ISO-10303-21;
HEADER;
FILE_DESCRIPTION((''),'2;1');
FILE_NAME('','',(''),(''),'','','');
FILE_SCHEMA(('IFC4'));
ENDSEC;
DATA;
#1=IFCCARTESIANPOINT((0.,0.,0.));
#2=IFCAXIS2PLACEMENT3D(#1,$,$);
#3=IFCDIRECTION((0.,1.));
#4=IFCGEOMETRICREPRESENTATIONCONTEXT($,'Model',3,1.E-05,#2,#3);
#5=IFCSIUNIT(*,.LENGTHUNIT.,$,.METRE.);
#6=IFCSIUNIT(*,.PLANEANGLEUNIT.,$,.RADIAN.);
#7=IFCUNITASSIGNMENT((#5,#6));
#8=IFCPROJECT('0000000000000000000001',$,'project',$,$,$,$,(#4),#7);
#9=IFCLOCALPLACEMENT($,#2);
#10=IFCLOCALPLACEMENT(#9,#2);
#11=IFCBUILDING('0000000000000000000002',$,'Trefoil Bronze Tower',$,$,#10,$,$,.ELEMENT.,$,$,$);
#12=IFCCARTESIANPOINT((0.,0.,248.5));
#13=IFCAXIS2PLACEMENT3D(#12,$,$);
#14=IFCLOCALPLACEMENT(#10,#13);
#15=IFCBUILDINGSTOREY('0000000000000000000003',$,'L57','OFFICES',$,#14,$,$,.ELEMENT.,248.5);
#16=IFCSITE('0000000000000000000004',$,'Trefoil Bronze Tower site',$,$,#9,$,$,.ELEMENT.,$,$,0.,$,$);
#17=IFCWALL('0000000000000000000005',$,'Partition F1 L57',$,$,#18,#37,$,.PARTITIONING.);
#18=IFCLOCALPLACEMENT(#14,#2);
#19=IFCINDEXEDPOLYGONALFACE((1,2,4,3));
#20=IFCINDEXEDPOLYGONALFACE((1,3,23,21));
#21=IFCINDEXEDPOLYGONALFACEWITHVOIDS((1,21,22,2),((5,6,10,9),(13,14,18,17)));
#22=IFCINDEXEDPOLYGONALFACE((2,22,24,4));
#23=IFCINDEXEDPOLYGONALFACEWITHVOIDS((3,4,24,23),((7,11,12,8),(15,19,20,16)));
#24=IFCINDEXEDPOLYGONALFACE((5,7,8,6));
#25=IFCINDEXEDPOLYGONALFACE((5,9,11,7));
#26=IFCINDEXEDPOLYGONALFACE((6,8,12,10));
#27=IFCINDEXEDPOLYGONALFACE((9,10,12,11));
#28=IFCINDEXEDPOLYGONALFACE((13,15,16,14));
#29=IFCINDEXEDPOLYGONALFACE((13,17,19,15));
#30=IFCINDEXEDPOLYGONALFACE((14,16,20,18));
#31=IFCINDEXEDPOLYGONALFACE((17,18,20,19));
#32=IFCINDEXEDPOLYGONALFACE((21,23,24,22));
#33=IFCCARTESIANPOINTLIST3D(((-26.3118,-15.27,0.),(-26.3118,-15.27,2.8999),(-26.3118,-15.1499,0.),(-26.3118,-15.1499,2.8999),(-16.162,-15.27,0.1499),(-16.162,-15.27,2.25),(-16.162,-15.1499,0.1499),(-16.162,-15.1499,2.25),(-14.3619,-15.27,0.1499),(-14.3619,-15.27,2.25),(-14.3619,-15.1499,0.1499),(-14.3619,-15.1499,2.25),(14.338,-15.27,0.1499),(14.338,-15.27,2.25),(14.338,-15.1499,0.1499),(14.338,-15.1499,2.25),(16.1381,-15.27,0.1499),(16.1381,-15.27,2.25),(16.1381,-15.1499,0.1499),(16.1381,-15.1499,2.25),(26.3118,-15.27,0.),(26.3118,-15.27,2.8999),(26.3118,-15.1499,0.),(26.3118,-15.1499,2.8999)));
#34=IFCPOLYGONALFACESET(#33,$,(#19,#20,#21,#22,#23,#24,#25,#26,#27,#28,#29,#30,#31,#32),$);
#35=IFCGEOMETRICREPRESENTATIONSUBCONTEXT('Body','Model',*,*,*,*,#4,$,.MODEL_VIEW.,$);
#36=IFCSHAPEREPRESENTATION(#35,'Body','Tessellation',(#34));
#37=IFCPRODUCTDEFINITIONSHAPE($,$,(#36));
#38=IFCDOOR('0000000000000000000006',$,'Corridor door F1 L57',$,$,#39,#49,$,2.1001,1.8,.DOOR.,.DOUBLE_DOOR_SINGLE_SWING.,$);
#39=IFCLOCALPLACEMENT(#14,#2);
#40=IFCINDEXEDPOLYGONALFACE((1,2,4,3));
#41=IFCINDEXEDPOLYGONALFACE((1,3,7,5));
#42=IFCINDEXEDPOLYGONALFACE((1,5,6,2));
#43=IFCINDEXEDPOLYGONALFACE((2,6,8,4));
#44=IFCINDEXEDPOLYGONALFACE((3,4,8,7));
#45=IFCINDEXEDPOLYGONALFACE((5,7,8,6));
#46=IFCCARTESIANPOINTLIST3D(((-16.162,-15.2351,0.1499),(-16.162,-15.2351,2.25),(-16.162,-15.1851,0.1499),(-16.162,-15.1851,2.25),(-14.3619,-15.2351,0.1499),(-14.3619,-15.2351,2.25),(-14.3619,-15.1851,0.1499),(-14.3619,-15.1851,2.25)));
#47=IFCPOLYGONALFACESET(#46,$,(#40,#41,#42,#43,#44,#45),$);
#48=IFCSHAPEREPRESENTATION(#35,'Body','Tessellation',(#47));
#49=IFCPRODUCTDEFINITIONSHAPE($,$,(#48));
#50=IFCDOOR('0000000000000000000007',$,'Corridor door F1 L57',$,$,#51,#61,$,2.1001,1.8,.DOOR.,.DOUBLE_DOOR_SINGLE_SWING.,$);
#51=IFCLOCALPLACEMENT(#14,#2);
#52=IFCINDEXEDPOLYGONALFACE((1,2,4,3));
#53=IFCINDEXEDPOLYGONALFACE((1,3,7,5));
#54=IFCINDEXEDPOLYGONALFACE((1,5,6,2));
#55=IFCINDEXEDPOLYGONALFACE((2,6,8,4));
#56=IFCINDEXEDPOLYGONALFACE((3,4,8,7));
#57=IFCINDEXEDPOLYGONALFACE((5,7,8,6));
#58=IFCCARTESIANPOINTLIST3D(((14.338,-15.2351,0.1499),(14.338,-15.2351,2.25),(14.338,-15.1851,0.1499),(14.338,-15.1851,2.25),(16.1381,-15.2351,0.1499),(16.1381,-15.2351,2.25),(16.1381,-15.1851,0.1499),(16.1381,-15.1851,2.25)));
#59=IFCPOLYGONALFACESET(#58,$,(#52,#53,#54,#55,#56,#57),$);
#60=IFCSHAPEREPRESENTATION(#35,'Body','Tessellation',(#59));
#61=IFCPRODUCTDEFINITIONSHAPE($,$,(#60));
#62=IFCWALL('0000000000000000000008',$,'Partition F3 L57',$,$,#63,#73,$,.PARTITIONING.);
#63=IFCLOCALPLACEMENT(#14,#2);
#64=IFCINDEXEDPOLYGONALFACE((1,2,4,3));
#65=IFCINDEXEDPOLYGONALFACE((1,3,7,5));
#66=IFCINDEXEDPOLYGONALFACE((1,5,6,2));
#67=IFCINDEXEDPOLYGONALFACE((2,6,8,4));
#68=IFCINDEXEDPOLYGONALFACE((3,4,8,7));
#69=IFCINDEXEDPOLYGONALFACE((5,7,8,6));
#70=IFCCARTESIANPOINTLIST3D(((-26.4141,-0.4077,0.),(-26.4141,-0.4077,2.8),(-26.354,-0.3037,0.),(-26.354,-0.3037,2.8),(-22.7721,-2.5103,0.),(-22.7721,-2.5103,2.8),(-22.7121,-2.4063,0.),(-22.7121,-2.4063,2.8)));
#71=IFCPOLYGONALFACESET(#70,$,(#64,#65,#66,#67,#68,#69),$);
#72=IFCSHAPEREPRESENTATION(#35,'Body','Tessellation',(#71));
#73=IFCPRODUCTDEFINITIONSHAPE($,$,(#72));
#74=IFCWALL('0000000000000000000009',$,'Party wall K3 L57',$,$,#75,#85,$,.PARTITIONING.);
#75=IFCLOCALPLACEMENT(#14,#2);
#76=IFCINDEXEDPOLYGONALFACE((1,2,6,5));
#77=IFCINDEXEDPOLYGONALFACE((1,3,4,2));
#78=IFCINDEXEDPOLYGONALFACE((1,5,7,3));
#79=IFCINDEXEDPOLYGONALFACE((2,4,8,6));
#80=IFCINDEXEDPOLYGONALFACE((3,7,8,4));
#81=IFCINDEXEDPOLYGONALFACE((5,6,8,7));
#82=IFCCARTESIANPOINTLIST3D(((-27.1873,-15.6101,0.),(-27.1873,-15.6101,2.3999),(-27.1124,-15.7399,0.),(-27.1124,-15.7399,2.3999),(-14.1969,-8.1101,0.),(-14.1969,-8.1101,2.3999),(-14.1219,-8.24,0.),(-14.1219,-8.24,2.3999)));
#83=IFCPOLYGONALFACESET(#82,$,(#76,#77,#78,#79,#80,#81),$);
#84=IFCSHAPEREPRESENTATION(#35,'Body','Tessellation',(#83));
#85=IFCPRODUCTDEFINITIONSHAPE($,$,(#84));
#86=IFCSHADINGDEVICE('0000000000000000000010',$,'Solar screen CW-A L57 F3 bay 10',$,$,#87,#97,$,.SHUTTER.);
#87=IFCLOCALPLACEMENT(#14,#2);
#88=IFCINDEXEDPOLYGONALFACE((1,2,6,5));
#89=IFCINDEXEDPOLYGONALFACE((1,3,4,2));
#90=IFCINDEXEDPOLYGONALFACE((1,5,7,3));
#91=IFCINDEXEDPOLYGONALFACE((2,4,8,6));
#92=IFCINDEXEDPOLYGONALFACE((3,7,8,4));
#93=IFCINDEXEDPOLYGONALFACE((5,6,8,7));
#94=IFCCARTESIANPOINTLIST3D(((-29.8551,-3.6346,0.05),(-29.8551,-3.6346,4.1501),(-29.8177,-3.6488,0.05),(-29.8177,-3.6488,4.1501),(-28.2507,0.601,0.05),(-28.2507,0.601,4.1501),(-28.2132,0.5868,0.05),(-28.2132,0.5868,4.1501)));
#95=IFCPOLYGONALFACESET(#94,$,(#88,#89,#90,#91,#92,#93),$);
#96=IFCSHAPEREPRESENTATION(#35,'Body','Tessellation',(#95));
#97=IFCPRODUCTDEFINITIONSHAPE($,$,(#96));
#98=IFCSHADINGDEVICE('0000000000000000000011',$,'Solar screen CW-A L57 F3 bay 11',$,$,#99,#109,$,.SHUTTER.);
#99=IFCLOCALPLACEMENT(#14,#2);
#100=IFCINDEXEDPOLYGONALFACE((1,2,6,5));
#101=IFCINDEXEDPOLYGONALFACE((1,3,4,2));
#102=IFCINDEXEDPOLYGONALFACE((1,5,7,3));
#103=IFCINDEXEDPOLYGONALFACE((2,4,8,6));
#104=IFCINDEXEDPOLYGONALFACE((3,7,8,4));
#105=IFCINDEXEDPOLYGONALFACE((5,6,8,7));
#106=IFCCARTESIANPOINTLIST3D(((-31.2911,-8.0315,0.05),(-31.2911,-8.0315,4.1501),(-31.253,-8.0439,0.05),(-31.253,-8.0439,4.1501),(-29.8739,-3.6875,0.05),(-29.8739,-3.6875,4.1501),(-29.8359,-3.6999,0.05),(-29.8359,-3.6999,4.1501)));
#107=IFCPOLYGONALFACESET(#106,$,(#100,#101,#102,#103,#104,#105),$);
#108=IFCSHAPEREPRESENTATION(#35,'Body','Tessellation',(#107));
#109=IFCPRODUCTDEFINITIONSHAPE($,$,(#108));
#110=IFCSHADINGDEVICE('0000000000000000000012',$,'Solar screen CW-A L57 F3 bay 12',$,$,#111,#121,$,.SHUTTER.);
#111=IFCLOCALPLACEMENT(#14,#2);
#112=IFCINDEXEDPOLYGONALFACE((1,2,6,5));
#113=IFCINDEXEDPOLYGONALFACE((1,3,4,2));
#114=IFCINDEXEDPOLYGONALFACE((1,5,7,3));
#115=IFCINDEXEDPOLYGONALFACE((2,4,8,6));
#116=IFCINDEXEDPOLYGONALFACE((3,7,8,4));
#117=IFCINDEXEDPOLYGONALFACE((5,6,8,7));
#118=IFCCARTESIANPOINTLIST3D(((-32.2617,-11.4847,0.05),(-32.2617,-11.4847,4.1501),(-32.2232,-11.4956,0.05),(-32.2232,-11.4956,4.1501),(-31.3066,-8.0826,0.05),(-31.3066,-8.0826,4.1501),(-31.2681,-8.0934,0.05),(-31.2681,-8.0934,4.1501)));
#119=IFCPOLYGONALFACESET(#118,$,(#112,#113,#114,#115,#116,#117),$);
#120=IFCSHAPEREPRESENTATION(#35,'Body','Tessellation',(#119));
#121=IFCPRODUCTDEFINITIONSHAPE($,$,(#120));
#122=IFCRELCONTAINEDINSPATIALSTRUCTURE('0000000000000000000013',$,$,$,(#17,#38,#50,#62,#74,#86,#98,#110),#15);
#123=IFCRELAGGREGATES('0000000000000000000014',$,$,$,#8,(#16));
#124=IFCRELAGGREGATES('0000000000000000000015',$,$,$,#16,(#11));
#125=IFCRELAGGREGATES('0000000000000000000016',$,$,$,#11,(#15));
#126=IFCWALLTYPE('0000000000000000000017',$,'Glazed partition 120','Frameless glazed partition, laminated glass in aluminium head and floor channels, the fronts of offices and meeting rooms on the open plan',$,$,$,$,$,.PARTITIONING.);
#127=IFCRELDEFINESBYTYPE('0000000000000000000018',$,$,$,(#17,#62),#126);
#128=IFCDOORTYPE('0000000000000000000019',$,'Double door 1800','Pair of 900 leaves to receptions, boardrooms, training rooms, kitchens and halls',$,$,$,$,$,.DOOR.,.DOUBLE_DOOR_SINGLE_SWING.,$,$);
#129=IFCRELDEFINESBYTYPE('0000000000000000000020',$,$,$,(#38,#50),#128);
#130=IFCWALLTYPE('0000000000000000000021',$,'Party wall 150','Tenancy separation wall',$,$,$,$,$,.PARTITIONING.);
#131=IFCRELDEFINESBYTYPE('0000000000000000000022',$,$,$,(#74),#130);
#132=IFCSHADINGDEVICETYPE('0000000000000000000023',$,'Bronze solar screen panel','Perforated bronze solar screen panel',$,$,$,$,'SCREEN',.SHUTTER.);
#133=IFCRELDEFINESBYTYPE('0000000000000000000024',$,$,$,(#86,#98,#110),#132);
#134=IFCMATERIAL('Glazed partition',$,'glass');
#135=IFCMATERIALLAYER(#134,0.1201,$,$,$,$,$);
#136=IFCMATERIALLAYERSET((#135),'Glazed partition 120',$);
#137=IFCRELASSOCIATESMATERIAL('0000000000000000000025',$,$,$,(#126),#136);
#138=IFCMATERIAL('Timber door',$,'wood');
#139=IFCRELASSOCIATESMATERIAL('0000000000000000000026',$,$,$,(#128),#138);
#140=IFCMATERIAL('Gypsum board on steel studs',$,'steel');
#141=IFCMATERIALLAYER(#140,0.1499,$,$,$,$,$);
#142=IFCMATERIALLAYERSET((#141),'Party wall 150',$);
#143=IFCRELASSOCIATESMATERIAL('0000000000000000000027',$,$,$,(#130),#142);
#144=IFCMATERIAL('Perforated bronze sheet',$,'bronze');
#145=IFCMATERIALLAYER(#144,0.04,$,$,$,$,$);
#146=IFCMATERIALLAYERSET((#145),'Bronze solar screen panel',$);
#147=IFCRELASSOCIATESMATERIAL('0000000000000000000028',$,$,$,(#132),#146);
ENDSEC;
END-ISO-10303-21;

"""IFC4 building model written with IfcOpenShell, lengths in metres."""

from ifc_helpers import new_model, si_unit, direction, frame, frame_2d, origin, origin_2d, place, context, subcontext, project, spatial, rectangle, extrude, material, layer, layer_set, type_object, element, fill, save


model = new_model("IFC4")

# Units and contexts
model_context = context("Model", 3, precision=1e-05, world=origin(), true_north=direction((0.0, 1.0)))
body_context = subcontext(model_context, "Body", "Model", "MODEL_VIEW")
ifc_project = project(units=[si_unit("LENGTHUNIT", "METRE"), si_unit("PLANEANGLEUNIT", "RADIAN")], contexts=[model_context])

# Site, building, storey
site_placement = place(None, origin())
site = spatial("IfcSite", under=ifc_project, at=site_placement, Name="Trefoil Bronze Tower site", CompositionType="ELEMENT", RefElevation=0.0)
building_placement = place(site_placement, origin())
building = spatial("IfcBuilding", under=site, at=building_placement, Name="Trefoil Bronze Tower", CompositionType="ELEMENT")
storey_placement = place(building_placement, frame((0.0, 0.0, 248.5)))
storey = spatial("IfcBuildingStorey", under=building, at=storey_placement, Name="L57", Description="OFFICES", CompositionType="ELEMENT", Elevation=248.5)

# Wall, openings, doors
ifc_material_1 = material(Name="Glazed partition", Category="glass")
ifc_layer_1 = layer(ifc_material_1, 0.1201)
ifc_layer_set_1 = layer_set([ifc_layer_1], Name="Glazed partition 120")
wall_type_1 = type_object("IfcWallType", Name="Glazed partition 120", Description="Frameless glazed partition, laminated glass in aluminium head and floor channels, the fronts of offices and meeting rooms on the open plan", PredefinedType="PARTITIONING", material=ifc_layer_set_1)
wall_1_placement = place(storey_placement, frame((-26.3118, -15.21, 0.0), z_axis=(0.0, 0.0, 1.0), x_axis=(1.0, 0.0, 0.0)))
wall_1 = element("IfcWall", 1, at=wall_1_placement, inside=storey, type_object=wall_type_1, Name="Partition F1 L57", PredefinedType="PARTITIONING", context=body_context, shape_type="SweptSolid", body=[
    extrude(rectangle(XDim=52.6235, YDim=0.1201, at=frame_2d((26.3118, 0.0))), origin(), (0.0, 0.0, 1.0), 2.8999),
])
opening_1_placement = place(wall_1_placement, frame((10.1499, 0.0, 0.1499)))
opening_1 = element("IfcOpeningElement", 2, at=opening_1_placement, cuts=wall_1, PredefinedType="OPENING", context=body_context, shape_type="SweptSolid", body=[
    extrude(rectangle(XDim=1.8, YDim=2.1001, at=frame_2d((0.8999, 1.05))), frame((0.0, 0.0701, 0.0), z_axis=(0.0, -1.0, 0.0), x_axis=(1.0, 0.0, 0.0)), (0.0, 0.0, 1.0), 0.1401),
])
opening_2_placement = place(wall_1_placement, frame((40.6499, 0.0, 0.1499)))
opening_2 = element("IfcOpeningElement", 3, at=opening_2_placement, cuts=wall_1, PredefinedType="OPENING", context=body_context, shape_type="SweptSolid", body=[
    extrude(rectangle(XDim=1.8, YDim=2.1001, at=frame_2d((0.8999, 1.05))), frame((0.0, 0.0701, 0.0), z_axis=(0.0, -1.0, 0.0), x_axis=(1.0, 0.0, 0.0)), (0.0, 0.0, 1.0), 0.1401),
])
ifc_material_2 = material(Name="Timber door", Category="wood")
door_type = type_object("IfcDoorType", Name="Double door 1800", Description="Pair of 900 leaves to receptions, boardrooms, training rooms, kitchens and halls", OperationType="DOUBLE_DOOR_SINGLE_SWING", PredefinedType="DOOR", material=ifc_material_2)
door_1_placement = place(opening_1_placement, origin())
door_1 = element("IfcDoor", 4, at=door_1_placement, inside=storey, type_object=door_type, Name="Corridor door F1 L57", OperationType="DOUBLE_DOOR_SINGLE_SWING", OverallHeight=2.1001, OverallWidth=1.8, PredefinedType="DOOR", context=body_context, shape_type="SweptSolid", body=[
    extrude(rectangle(XDim=1.8, YDim=2.1001, at=frame_2d((0.8999, 1.05))), frame((0.0, 0.0249, 0.0), z_axis=(0.0, -1.0, 0.0), x_axis=(1.0, 0.0, 0.0)), (0.0, 0.0, 1.0), 0.05),
])
fill(opening_1, door_1)
door_2_placement = place(opening_2_placement, origin())
door_2 = element("IfcDoor", 5, at=door_2_placement, inside=storey, type_object=door_type, Name="Corridor door F1 L57", OperationType="DOUBLE_DOOR_SINGLE_SWING", OverallHeight=2.1001, OverallWidth=1.8, PredefinedType="DOOR", context=body_context, shape_type="SweptSolid", body=[
    extrude(rectangle(XDim=1.8, YDim=2.1001, at=frame_2d((0.8999, 1.05))), frame((0.0, 0.0249, 0.0), z_axis=(0.0, -1.0, 0.0), x_axis=(1.0, 0.0, 0.0)), (0.0, 0.0, 1.0), 0.05),
])
fill(opening_2, door_2)

# Walls
wall_2_placement = place(storey_placement, frame((-22.7422, -2.4583, 0.0), z_axis=(0.0, 0.0, 1.0), x_axis=(-0.866034, 0.499985, 0.0)))
element("IfcWall", 6, at=wall_2_placement, inside=storey, type_object=wall_type_1, Name="Partition F3 L57", PredefinedType="PARTITIONING", context=body_context, shape_type="SweptSolid", body=[
    extrude(rectangle(XDim=4.2053, YDim=0.1201, at=frame_2d((2.1025, 0.0))), origin(), (0.0, 0.0, 1.0), 2.8),
])
ifc_material_3 = material(Name="Gypsum board on steel studs", Category="steel")
ifc_layer_2 = layer(ifc_material_3, 0.1499)
ifc_layer_set_2 = layer_set([ifc_layer_2], Name="Party wall 150")
wall_type_2 = type_object("IfcWallType", Name="Party wall 150", Description="Tenancy separation wall", PredefinedType="PARTITIONING", material=ifc_layer_set_2)
wall_3_placement = place(storey_placement, frame((-14.1594, -8.175, 0.0), z_axis=(0.0, 0.0, 1.0), x_axis=(-0.866027, -0.499997, 0.0)))
element("IfcWall", 7, at=wall_3_placement, inside=storey, type_object=wall_type_2, Name="Party wall K3 L57", PredefinedType="PARTITIONING", context=body_context, shape_type="SweptSolid", body=[
    extrude(rectangle(XDim=15.0, YDim=0.1499, at=frame_2d((7.5, 0.0))), origin(), (0.0, 0.0, 1.0), 2.3999),
])

# Shading devices
ifc_material_4 = material(Name="Perforated bronze sheet", Category="bronze")
ifc_layer_3 = layer(ifc_material_4, 0.04)
ifc_layer_set_3 = layer_set([ifc_layer_3], Name="Bronze solar screen panel")
shading_device_type = type_object("IfcShadingDeviceType", Name="Bronze solar screen panel", Description="Perforated bronze solar screen panel", ElementType="SCREEN", PredefinedType="SHUTTER", material=ifc_layer_set_3)
shading_device_1_placement = place(storey_placement, frame((-29.0342, -1.5239, 0.05), z_axis=(0.0, 0.0, 1.0), x_axis=(-0.354234, -0.935157, 0.0)))
element("IfcShadingDevice", 8, at=shading_device_1_placement, inside=storey, type_object=shading_device_type, Name="Solar screen CW-A L57 F3 bay 10", PredefinedType="SHUTTER", context=body_context, shape_type="SweptSolid", body=[
    extrude(rectangle(XDim=4.5293, YDim=0.04, at=origin_2d()), origin(), (0.0, 0.0, 1.0), 4.1001),
])
shading_device_2_placement = place(storey_placement, frame((-30.5635, -5.8657, 0.05), z_axis=(0.0, 0.0, 1.0), x_axis=(-0.310149, -0.950688, 0.0)))
element("IfcShadingDevice", 9, at=shading_device_2_placement, inside=storey, type_object=shading_device_type, Name="Solar screen CW-A L57 F3 bay 11", PredefinedType="SHUTTER", context=body_context, shape_type="SweptSolid", body=[
    extrude(rectangle(XDim=4.5693, YDim=0.04, at=origin_2d()), origin(), (0.0, 0.0, 1.0), 4.1001),
])
shading_device_3_placement = place(storey_placement, frame((-31.7649, -9.7891, 0.05), z_axis=(0.0, 0.0, 1.0), x_axis=(-0.270282, -0.962781, 0.0)))
element("IfcShadingDevice", 10, at=shading_device_3_placement, inside=storey, type_object=shading_device_type, Name="Solar screen CW-A L57 F3 bay 12", PredefinedType="SHUTTER", context=body_context, shape_type="SweptSolid", body=[
    extrude(rectangle(XDim=3.5337, YDim=0.04, at=origin_2d()), origin(), (0.0, 0.0, 1.0), 4.1001),
])

save(model, "model.ifc")
